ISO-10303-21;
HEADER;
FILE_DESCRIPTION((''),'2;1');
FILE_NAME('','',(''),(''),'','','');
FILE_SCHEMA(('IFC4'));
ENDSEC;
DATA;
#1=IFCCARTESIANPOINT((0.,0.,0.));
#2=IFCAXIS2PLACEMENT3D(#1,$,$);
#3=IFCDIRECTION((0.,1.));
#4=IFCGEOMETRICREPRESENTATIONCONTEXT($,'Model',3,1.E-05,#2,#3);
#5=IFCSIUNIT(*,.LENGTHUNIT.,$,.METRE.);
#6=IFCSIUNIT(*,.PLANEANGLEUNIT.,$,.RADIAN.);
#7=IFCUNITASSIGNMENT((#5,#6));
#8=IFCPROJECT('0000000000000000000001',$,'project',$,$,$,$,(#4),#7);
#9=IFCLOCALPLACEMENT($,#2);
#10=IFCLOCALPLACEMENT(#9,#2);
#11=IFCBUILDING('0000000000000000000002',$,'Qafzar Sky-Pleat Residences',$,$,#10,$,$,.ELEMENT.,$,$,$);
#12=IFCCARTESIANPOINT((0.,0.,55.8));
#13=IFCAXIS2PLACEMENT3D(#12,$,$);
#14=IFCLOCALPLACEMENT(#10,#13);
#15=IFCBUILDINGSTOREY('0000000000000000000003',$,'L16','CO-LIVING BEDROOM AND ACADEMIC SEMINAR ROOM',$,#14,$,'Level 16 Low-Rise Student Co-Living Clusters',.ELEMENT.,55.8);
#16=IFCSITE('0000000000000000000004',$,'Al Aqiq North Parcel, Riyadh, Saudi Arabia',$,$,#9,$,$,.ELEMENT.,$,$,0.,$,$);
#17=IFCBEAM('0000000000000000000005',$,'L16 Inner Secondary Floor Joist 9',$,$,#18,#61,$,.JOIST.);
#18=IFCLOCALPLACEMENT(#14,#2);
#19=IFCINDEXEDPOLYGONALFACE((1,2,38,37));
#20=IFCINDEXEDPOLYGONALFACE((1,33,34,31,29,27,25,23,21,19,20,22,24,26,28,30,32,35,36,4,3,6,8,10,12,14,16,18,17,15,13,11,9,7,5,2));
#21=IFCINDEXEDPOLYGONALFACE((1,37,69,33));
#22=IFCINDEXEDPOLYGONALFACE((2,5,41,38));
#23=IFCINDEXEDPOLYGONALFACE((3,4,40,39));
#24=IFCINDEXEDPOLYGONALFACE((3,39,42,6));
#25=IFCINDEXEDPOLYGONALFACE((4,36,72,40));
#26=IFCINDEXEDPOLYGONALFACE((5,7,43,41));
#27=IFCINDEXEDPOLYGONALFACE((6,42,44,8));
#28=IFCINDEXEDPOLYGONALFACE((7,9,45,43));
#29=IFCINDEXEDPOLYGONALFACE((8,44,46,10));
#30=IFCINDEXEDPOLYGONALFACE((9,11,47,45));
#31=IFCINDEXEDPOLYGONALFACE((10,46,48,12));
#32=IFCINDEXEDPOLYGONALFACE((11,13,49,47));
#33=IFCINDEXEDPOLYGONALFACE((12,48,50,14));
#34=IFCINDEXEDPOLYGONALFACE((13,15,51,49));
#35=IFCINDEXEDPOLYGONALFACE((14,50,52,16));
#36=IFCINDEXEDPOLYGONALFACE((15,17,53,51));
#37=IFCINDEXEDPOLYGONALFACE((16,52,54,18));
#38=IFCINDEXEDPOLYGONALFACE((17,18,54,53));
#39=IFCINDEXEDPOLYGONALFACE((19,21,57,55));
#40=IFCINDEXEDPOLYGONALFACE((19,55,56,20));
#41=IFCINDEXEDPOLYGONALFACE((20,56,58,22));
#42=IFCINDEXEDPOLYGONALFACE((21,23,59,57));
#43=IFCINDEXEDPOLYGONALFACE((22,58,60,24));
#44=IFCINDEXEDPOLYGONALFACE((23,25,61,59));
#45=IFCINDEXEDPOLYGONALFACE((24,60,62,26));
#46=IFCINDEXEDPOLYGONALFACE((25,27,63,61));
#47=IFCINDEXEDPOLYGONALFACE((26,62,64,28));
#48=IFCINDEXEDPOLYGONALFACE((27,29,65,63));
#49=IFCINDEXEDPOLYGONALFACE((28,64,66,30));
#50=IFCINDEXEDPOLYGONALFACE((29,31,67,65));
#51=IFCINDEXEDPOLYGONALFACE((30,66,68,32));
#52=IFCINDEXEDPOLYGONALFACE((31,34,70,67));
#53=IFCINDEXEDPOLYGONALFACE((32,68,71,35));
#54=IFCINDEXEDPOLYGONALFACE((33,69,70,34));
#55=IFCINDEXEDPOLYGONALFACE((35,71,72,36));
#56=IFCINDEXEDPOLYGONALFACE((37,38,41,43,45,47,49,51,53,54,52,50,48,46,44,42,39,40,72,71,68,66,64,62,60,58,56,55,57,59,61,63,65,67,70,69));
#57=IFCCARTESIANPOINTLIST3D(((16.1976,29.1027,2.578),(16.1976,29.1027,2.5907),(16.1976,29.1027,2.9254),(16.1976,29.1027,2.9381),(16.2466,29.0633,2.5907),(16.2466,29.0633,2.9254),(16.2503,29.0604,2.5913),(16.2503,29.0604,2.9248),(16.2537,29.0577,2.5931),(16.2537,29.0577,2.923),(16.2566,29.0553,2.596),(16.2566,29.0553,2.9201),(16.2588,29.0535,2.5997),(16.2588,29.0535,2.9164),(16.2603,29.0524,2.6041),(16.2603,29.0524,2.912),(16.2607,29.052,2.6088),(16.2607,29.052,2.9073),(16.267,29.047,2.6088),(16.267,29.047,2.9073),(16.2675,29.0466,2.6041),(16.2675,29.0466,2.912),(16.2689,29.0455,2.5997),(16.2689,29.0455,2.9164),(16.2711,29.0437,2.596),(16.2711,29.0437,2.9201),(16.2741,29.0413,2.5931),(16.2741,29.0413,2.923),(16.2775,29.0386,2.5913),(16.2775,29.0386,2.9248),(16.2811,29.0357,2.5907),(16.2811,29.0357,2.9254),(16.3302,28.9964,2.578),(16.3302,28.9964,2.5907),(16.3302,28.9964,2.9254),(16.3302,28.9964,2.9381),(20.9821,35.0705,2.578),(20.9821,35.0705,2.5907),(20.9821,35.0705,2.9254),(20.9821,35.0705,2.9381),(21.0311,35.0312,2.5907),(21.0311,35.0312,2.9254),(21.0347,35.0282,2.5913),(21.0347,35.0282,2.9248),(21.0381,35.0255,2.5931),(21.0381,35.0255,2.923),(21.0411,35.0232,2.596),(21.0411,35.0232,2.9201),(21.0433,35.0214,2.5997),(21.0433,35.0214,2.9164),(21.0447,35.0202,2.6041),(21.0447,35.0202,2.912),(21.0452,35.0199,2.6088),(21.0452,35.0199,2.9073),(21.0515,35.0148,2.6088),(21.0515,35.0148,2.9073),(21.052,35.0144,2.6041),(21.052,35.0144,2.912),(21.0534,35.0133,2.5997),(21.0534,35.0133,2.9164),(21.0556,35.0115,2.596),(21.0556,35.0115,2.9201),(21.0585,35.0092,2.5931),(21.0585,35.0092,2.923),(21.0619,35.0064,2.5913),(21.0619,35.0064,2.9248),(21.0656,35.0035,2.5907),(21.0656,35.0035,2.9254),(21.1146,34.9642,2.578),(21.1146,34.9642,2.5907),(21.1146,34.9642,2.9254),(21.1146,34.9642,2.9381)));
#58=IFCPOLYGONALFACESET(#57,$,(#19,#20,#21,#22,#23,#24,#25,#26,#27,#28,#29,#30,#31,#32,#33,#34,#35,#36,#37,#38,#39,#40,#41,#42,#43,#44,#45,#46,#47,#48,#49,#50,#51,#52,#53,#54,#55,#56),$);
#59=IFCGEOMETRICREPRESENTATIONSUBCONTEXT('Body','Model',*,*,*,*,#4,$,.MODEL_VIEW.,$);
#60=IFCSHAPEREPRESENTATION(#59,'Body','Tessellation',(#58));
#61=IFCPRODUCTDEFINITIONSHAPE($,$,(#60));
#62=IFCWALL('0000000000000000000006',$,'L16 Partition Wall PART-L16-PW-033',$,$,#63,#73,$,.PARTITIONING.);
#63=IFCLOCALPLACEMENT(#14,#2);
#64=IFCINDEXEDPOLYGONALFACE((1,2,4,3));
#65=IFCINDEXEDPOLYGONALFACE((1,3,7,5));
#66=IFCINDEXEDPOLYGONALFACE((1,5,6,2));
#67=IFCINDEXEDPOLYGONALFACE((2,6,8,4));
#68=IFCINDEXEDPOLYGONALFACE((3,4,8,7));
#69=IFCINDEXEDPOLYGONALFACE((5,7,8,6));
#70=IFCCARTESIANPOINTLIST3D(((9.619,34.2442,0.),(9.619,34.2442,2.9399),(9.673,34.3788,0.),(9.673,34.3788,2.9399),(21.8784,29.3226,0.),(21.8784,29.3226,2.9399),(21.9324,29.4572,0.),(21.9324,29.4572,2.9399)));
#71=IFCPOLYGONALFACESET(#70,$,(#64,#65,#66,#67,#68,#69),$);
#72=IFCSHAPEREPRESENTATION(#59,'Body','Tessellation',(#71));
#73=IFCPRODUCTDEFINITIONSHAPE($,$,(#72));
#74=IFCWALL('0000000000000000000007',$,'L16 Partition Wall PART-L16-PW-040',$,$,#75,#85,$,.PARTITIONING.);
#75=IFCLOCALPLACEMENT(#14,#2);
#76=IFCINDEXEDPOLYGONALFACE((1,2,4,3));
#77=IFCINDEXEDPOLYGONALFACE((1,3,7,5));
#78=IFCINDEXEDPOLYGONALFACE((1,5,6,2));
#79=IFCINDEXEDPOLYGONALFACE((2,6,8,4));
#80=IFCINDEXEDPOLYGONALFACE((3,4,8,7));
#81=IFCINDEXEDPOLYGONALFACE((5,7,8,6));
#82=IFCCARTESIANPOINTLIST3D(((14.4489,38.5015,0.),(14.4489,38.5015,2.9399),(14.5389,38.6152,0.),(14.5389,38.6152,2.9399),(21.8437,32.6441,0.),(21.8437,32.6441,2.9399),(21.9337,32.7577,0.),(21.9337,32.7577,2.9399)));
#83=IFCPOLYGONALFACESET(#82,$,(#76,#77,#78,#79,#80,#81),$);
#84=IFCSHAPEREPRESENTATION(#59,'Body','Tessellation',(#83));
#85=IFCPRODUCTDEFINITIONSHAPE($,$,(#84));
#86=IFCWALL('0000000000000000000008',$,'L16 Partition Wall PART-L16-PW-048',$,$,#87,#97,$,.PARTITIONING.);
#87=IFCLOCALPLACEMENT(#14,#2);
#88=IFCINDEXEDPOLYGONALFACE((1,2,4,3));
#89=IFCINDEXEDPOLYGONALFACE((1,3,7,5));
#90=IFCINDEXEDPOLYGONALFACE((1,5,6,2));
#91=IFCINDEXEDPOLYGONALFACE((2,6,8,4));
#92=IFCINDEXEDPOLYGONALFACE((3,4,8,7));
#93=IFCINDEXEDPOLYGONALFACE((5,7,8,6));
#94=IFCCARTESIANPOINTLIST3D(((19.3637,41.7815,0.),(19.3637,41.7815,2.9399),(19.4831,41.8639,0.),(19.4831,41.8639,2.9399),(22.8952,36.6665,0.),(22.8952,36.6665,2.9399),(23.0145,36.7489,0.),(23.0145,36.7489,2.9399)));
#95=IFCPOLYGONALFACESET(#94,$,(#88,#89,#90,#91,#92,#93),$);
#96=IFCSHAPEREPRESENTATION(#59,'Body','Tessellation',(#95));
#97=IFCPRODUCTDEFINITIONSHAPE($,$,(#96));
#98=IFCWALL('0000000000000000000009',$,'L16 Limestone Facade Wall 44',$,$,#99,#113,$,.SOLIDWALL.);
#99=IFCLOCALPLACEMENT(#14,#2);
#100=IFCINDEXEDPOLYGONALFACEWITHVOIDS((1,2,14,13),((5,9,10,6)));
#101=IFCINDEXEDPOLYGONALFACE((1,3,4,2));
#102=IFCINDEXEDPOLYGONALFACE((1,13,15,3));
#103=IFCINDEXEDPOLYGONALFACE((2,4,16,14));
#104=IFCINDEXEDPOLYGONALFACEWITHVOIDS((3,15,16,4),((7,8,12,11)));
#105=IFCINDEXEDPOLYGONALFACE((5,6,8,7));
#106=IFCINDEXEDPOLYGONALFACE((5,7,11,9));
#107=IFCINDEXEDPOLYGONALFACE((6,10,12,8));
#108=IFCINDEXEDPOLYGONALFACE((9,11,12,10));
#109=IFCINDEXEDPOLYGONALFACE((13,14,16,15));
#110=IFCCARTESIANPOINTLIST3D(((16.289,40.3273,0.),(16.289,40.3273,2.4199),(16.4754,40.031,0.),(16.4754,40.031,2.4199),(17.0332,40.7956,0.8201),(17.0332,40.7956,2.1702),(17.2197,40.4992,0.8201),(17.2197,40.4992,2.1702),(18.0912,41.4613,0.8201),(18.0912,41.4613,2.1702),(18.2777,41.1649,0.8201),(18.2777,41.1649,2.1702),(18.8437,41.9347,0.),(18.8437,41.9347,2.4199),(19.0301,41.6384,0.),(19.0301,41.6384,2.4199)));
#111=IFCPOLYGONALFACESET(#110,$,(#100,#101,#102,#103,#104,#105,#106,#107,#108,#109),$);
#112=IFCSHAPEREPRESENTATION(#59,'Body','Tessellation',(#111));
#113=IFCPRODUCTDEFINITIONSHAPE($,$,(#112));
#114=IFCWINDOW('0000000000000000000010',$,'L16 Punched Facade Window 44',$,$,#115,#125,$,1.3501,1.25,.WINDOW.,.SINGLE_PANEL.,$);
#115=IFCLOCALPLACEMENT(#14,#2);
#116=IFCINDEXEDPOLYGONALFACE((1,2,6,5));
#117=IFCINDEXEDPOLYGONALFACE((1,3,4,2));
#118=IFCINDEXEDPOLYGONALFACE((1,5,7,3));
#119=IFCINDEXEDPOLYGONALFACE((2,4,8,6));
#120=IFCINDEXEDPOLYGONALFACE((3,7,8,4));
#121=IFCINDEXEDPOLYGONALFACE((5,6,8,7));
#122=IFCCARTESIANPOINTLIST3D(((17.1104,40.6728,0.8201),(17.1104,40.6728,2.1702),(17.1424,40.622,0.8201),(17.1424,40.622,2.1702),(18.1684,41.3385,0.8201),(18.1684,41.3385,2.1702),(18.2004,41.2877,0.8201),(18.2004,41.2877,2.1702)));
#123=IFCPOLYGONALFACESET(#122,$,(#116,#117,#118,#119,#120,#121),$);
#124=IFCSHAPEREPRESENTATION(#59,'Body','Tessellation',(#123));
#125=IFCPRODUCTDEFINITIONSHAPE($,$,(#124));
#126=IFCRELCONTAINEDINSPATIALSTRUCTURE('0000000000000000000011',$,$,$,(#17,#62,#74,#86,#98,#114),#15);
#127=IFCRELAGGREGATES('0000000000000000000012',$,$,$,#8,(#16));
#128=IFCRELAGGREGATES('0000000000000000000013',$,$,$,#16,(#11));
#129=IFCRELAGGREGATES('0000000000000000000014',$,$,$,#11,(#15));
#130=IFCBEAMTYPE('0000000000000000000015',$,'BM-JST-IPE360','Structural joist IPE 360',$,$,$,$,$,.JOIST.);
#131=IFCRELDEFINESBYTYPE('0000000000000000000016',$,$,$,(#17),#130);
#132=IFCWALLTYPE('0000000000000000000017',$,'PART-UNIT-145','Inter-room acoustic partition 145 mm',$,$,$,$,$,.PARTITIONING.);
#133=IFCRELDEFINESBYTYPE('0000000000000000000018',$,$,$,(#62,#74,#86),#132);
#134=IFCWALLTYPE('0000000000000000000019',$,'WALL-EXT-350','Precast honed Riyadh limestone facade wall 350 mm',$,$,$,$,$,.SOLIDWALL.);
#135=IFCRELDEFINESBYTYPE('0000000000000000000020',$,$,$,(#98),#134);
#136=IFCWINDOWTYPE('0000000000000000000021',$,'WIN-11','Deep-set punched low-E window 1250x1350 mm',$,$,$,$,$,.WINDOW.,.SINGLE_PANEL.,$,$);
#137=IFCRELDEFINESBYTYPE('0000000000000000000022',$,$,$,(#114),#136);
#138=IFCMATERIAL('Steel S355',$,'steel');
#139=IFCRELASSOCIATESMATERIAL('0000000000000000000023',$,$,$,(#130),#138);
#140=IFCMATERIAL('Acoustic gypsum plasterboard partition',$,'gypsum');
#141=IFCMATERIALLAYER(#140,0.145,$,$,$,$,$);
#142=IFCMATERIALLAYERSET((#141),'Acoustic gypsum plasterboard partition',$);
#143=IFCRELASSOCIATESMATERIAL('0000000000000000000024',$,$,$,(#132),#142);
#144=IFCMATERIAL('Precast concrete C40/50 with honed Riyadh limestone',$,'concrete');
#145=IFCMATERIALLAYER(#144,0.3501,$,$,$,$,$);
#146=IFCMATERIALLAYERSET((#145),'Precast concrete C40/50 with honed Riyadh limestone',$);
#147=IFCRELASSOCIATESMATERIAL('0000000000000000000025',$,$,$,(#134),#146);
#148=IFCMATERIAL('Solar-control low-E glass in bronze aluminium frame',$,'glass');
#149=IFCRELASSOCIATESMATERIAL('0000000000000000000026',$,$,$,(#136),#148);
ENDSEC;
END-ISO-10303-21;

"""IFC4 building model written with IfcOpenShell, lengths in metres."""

from ifc_helpers import new_model, si_unit, direction, frame, frame_2d, origin, origin_2d, place, context, subcontext, project, spatial, rectangle, i_section, extrude, source, transform, mapped, material, layer, layer_set, material_profile, profile_set, type_object, element, fill, save


model = new_model("IFC4")

# Units and contexts
model_context = context("Model", 3, precision=1e-05, world=origin(), true_north=direction((0.0, 1.0)))
body_context = subcontext(model_context, "Body", "Model", "MODEL_VIEW")
ifc_project = project(units=[si_unit("LENGTHUNIT", "METRE"), si_unit("PLANEANGLEUNIT", "RADIAN")], contexts=[model_context])

# Site, building, storey
site_placement = place(None, origin())
site = spatial("IfcSite", under=ifc_project, at=site_placement, Name="Al Aqiq North Parcel, Riyadh, Saudi Arabia", CompositionType="ELEMENT", RefElevation=0.0)
building_placement = place(site_placement, origin())
building = spatial("IfcBuilding", under=site, at=building_placement, Name="Qafzar Sky-Pleat Residences", CompositionType="ELEMENT")
storey_placement = place(building_placement, frame((0.0, 0.0, 55.8)))
storey = spatial("IfcBuildingStorey", under=building, at=storey_placement, Name="L16", Description="CO-LIVING BEDROOM AND ACADEMIC SEMINAR ROOM", LongName="Level 16 Low-Rise Student Co-Living Clusters", CompositionType="ELEMENT", Elevation=55.8)

# Beam
ifc_material_1 = material(Name="Steel S355", Category="steel")
ifc_material_profile_1 = material_profile(ifc_material_1, i_section(OverallWidth=0.1699, OverallDepth=0.3601, WebThickness=0.0081, FlangeThickness=0.0127, FilletRadius=0.0181, at=origin_2d()), Name="IPE 360")
ifc_profile_set_1 = profile_set([ifc_material_profile_1], Name="Steel S355")
beam_type_1 = type_object("IfcBeamType", Name="BM-JST-IPE360", Description="Structural joist IPE 360", PredefinedType="JOIST", material=ifc_profile_set_1)
shared_shape_1 = source(origin(), body_context, "Body", "SweptSolid", [
    extrude(i_section(OverallWidth=0.1699, OverallDepth=0.3601, WebThickness=0.0081, FlangeThickness=0.0127, FilletRadius=0.0181, at=origin_2d()), origin(), (0.0, 0.0, 1.0), 7.6489),
])
beam_1_placement = place(storey_placement, frame((21.0483, 35.0173, 2.7581), z_axis=(-0.625508, -0.780218, 0.0), x_axis=(0.780218, -0.625508, 0.0)))
element("IfcBeam", 1, at=beam_1_placement, inside=storey, type_object=beam_type_1, Name="L16 Inner Secondary Floor Joist 9", PredefinedType="JOIST", context=body_context, shape_type="MappedRepresentation", body=[
    mapped(shared_shape_1, transform((0.0, 0.0, 0.0), x_axis=(1.0, 0.0, 0.0), y_axis=(0.0, 1.0, 0.0), z_axis=(0.0, 0.0, 1.0), scale=1.0)),
])

# Walls
ifc_material_2 = material(Name="Acoustic gypsum plasterboard partition", Category="gypsum")
ifc_layer_1 = layer(ifc_material_2, 0.145)
ifc_layer_set_1 = layer_set([ifc_layer_1], Name="Acoustic gypsum plasterboard partition")
wall_type_1 = type_object("IfcWallType", Name="PART-UNIT-145", Description="Inter-room acoustic partition 145 mm", PredefinedType="PARTITIONING", material=ifc_layer_set_1)
wall_1_placement = place(storey_placement, frame((9.646, 34.3115, 0.0), z_axis=(0.0, 0.0, 1.0), x_axis=(0.928011, -0.372553, 0.0)))
element("IfcWall", 2, at=wall_1_placement, inside=storey, type_object=wall_type_1, Name="L16 Partition Wall PART-L16-PW-033", PredefinedType="PARTITIONING", context=body_context, shape_type="SweptSolid", body=[
    extrude(rectangle(XDim=13.2104, YDim=0.145, at=frame_2d((6.6052, 0.0))), origin(), (0.0, 0.0, 1.0), 2.9399),
])
wall_2_placement = place(storey_placement, frame((14.4939, 38.5583, 0.0), z_axis=(0.0, 0.0, 1.0), x_axis=(0.783879, -0.620913, 0.0)))
element("IfcWall", 3, at=wall_2_placement, inside=storey, type_object=wall_type_1, Name="L16 Partition Wall PART-L16-PW-040", PredefinedType="PARTITIONING", context=body_context, shape_type="SweptSolid", body=[
    extrude(rectangle(XDim=9.4336, YDim=0.145, at=frame_2d((4.7168, 0.0))), origin(), (0.0, 0.0, 1.0), 2.9399),
])
wall_3_placement = place(storey_placement, frame((19.4233, 41.8228, 0.0), z_axis=(0.0, 0.0, 1.0), x_axis=(0.56816, -0.822918, 0.0)))
element("IfcWall", 4, at=wall_3_placement, inside=storey, type_object=wall_type_1, Name="L16 Partition Wall PART-L16-PW-048", PredefinedType="PARTITIONING", context=body_context, shape_type="SweptSolid", body=[
    extrude(rectangle(XDim=6.2156, YDim=0.145, at=frame_2d((3.1079, 0.0))), origin(), (0.0, 0.0, 1.0), 2.9399),
])

# Wall, opening, window
ifc_material_3 = material(Name="Precast concrete C40/50 with honed Riyadh limestone", Category="concrete")
ifc_layer_2 = layer(ifc_material_3, 0.3501)
ifc_layer_set_2 = layer_set([ifc_layer_2], Name="Precast concrete C40/50 with honed Riyadh limestone")
wall_type_2 = type_object("IfcWallType", Name="WALL-EXT-350", Description="Precast honed Riyadh limestone facade wall 350 mm", PredefinedType="SOLIDWALL", material=ifc_layer_set_2)
wall_4_placement = place(storey_placement, frame((18.937, 41.7866, 0.0), z_axis=(0.0, 0.0, 1.0), x_axis=(-0.846395, -0.532556, 0.0)))
wall_4 = element("IfcWall", 5, at=wall_4_placement, inside=storey, type_object=wall_type_2, Name="L16 Limestone Facade Wall 44", PredefinedType="SOLIDWALL", context=body_context, shape_type="SweptSolid", body=[
    extrude(rectangle(XDim=3.0183, YDim=0.3501, at=frame_2d((1.5093, 0.0))), origin(), (0.0, 0.0, 1.0), 2.4199),
])
opening_1_placement = place(wall_4_placement, frame((0.8892, 0.0, 0.8201)))
opening_1 = element("IfcOpeningElement", 6, at=opening_1_placement, cuts=wall_4, PredefinedType="OPENING", context=body_context, shape_type="SweptSolid", body=[
    extrude(rectangle(XDim=1.25, YDim=1.3501, at=frame_2d((0.625, 0.675))), frame((0.0, 0.1851, 0.0), z_axis=(0.0, -1.0, 0.0), x_axis=(1.0, 0.0, 0.0)), (0.0, 0.0, 1.0), 0.3701),
])
ifc_material_4 = material(Name="Solar-control low-E glass in bronze aluminium frame", Category="glass")
window_type_1 = type_object("IfcWindowType", Name="WIN-11", Description="Deep-set punched low-E window 1250x1350 mm", PartitioningType="SINGLE_PANEL", PredefinedType="WINDOW", material=ifc_material_4)
shared_shape_2 = source(origin(), body_context, "Body", "SweptSolid", [
    extrude(rectangle(XDim=1.25, YDim=1.3501, at=frame_2d((0.625, 0.675))), frame((0.0, 0.03, 0.0), z_axis=(0.0, -1.0, 0.0), x_axis=(1.0, 0.0, 0.0)), (0.0, 0.0, 1.0), 0.0601),
])
window_1_placement = place(opening_1_placement, origin())
window_1 = element("IfcWindow", 7, at=window_1_placement, inside=storey, type_object=window_type_1, Name="L16 Punched Facade Window 44", OverallHeight=1.3501, OverallWidth=1.25, PartitioningType="SINGLE_PANEL", PredefinedType="WINDOW", context=body_context, shape_type="MappedRepresentation", body=[
    mapped(shared_shape_2, transform((0.0, 0.0, 0.0), x_axis=(1.0, 0.0, 0.0), y_axis=(0.0, 1.0, 0.0), z_axis=(0.0, 0.0, 1.0), scale=1.0)),
])
fill(opening_1, window_1)

save(model, "model.ifc")
